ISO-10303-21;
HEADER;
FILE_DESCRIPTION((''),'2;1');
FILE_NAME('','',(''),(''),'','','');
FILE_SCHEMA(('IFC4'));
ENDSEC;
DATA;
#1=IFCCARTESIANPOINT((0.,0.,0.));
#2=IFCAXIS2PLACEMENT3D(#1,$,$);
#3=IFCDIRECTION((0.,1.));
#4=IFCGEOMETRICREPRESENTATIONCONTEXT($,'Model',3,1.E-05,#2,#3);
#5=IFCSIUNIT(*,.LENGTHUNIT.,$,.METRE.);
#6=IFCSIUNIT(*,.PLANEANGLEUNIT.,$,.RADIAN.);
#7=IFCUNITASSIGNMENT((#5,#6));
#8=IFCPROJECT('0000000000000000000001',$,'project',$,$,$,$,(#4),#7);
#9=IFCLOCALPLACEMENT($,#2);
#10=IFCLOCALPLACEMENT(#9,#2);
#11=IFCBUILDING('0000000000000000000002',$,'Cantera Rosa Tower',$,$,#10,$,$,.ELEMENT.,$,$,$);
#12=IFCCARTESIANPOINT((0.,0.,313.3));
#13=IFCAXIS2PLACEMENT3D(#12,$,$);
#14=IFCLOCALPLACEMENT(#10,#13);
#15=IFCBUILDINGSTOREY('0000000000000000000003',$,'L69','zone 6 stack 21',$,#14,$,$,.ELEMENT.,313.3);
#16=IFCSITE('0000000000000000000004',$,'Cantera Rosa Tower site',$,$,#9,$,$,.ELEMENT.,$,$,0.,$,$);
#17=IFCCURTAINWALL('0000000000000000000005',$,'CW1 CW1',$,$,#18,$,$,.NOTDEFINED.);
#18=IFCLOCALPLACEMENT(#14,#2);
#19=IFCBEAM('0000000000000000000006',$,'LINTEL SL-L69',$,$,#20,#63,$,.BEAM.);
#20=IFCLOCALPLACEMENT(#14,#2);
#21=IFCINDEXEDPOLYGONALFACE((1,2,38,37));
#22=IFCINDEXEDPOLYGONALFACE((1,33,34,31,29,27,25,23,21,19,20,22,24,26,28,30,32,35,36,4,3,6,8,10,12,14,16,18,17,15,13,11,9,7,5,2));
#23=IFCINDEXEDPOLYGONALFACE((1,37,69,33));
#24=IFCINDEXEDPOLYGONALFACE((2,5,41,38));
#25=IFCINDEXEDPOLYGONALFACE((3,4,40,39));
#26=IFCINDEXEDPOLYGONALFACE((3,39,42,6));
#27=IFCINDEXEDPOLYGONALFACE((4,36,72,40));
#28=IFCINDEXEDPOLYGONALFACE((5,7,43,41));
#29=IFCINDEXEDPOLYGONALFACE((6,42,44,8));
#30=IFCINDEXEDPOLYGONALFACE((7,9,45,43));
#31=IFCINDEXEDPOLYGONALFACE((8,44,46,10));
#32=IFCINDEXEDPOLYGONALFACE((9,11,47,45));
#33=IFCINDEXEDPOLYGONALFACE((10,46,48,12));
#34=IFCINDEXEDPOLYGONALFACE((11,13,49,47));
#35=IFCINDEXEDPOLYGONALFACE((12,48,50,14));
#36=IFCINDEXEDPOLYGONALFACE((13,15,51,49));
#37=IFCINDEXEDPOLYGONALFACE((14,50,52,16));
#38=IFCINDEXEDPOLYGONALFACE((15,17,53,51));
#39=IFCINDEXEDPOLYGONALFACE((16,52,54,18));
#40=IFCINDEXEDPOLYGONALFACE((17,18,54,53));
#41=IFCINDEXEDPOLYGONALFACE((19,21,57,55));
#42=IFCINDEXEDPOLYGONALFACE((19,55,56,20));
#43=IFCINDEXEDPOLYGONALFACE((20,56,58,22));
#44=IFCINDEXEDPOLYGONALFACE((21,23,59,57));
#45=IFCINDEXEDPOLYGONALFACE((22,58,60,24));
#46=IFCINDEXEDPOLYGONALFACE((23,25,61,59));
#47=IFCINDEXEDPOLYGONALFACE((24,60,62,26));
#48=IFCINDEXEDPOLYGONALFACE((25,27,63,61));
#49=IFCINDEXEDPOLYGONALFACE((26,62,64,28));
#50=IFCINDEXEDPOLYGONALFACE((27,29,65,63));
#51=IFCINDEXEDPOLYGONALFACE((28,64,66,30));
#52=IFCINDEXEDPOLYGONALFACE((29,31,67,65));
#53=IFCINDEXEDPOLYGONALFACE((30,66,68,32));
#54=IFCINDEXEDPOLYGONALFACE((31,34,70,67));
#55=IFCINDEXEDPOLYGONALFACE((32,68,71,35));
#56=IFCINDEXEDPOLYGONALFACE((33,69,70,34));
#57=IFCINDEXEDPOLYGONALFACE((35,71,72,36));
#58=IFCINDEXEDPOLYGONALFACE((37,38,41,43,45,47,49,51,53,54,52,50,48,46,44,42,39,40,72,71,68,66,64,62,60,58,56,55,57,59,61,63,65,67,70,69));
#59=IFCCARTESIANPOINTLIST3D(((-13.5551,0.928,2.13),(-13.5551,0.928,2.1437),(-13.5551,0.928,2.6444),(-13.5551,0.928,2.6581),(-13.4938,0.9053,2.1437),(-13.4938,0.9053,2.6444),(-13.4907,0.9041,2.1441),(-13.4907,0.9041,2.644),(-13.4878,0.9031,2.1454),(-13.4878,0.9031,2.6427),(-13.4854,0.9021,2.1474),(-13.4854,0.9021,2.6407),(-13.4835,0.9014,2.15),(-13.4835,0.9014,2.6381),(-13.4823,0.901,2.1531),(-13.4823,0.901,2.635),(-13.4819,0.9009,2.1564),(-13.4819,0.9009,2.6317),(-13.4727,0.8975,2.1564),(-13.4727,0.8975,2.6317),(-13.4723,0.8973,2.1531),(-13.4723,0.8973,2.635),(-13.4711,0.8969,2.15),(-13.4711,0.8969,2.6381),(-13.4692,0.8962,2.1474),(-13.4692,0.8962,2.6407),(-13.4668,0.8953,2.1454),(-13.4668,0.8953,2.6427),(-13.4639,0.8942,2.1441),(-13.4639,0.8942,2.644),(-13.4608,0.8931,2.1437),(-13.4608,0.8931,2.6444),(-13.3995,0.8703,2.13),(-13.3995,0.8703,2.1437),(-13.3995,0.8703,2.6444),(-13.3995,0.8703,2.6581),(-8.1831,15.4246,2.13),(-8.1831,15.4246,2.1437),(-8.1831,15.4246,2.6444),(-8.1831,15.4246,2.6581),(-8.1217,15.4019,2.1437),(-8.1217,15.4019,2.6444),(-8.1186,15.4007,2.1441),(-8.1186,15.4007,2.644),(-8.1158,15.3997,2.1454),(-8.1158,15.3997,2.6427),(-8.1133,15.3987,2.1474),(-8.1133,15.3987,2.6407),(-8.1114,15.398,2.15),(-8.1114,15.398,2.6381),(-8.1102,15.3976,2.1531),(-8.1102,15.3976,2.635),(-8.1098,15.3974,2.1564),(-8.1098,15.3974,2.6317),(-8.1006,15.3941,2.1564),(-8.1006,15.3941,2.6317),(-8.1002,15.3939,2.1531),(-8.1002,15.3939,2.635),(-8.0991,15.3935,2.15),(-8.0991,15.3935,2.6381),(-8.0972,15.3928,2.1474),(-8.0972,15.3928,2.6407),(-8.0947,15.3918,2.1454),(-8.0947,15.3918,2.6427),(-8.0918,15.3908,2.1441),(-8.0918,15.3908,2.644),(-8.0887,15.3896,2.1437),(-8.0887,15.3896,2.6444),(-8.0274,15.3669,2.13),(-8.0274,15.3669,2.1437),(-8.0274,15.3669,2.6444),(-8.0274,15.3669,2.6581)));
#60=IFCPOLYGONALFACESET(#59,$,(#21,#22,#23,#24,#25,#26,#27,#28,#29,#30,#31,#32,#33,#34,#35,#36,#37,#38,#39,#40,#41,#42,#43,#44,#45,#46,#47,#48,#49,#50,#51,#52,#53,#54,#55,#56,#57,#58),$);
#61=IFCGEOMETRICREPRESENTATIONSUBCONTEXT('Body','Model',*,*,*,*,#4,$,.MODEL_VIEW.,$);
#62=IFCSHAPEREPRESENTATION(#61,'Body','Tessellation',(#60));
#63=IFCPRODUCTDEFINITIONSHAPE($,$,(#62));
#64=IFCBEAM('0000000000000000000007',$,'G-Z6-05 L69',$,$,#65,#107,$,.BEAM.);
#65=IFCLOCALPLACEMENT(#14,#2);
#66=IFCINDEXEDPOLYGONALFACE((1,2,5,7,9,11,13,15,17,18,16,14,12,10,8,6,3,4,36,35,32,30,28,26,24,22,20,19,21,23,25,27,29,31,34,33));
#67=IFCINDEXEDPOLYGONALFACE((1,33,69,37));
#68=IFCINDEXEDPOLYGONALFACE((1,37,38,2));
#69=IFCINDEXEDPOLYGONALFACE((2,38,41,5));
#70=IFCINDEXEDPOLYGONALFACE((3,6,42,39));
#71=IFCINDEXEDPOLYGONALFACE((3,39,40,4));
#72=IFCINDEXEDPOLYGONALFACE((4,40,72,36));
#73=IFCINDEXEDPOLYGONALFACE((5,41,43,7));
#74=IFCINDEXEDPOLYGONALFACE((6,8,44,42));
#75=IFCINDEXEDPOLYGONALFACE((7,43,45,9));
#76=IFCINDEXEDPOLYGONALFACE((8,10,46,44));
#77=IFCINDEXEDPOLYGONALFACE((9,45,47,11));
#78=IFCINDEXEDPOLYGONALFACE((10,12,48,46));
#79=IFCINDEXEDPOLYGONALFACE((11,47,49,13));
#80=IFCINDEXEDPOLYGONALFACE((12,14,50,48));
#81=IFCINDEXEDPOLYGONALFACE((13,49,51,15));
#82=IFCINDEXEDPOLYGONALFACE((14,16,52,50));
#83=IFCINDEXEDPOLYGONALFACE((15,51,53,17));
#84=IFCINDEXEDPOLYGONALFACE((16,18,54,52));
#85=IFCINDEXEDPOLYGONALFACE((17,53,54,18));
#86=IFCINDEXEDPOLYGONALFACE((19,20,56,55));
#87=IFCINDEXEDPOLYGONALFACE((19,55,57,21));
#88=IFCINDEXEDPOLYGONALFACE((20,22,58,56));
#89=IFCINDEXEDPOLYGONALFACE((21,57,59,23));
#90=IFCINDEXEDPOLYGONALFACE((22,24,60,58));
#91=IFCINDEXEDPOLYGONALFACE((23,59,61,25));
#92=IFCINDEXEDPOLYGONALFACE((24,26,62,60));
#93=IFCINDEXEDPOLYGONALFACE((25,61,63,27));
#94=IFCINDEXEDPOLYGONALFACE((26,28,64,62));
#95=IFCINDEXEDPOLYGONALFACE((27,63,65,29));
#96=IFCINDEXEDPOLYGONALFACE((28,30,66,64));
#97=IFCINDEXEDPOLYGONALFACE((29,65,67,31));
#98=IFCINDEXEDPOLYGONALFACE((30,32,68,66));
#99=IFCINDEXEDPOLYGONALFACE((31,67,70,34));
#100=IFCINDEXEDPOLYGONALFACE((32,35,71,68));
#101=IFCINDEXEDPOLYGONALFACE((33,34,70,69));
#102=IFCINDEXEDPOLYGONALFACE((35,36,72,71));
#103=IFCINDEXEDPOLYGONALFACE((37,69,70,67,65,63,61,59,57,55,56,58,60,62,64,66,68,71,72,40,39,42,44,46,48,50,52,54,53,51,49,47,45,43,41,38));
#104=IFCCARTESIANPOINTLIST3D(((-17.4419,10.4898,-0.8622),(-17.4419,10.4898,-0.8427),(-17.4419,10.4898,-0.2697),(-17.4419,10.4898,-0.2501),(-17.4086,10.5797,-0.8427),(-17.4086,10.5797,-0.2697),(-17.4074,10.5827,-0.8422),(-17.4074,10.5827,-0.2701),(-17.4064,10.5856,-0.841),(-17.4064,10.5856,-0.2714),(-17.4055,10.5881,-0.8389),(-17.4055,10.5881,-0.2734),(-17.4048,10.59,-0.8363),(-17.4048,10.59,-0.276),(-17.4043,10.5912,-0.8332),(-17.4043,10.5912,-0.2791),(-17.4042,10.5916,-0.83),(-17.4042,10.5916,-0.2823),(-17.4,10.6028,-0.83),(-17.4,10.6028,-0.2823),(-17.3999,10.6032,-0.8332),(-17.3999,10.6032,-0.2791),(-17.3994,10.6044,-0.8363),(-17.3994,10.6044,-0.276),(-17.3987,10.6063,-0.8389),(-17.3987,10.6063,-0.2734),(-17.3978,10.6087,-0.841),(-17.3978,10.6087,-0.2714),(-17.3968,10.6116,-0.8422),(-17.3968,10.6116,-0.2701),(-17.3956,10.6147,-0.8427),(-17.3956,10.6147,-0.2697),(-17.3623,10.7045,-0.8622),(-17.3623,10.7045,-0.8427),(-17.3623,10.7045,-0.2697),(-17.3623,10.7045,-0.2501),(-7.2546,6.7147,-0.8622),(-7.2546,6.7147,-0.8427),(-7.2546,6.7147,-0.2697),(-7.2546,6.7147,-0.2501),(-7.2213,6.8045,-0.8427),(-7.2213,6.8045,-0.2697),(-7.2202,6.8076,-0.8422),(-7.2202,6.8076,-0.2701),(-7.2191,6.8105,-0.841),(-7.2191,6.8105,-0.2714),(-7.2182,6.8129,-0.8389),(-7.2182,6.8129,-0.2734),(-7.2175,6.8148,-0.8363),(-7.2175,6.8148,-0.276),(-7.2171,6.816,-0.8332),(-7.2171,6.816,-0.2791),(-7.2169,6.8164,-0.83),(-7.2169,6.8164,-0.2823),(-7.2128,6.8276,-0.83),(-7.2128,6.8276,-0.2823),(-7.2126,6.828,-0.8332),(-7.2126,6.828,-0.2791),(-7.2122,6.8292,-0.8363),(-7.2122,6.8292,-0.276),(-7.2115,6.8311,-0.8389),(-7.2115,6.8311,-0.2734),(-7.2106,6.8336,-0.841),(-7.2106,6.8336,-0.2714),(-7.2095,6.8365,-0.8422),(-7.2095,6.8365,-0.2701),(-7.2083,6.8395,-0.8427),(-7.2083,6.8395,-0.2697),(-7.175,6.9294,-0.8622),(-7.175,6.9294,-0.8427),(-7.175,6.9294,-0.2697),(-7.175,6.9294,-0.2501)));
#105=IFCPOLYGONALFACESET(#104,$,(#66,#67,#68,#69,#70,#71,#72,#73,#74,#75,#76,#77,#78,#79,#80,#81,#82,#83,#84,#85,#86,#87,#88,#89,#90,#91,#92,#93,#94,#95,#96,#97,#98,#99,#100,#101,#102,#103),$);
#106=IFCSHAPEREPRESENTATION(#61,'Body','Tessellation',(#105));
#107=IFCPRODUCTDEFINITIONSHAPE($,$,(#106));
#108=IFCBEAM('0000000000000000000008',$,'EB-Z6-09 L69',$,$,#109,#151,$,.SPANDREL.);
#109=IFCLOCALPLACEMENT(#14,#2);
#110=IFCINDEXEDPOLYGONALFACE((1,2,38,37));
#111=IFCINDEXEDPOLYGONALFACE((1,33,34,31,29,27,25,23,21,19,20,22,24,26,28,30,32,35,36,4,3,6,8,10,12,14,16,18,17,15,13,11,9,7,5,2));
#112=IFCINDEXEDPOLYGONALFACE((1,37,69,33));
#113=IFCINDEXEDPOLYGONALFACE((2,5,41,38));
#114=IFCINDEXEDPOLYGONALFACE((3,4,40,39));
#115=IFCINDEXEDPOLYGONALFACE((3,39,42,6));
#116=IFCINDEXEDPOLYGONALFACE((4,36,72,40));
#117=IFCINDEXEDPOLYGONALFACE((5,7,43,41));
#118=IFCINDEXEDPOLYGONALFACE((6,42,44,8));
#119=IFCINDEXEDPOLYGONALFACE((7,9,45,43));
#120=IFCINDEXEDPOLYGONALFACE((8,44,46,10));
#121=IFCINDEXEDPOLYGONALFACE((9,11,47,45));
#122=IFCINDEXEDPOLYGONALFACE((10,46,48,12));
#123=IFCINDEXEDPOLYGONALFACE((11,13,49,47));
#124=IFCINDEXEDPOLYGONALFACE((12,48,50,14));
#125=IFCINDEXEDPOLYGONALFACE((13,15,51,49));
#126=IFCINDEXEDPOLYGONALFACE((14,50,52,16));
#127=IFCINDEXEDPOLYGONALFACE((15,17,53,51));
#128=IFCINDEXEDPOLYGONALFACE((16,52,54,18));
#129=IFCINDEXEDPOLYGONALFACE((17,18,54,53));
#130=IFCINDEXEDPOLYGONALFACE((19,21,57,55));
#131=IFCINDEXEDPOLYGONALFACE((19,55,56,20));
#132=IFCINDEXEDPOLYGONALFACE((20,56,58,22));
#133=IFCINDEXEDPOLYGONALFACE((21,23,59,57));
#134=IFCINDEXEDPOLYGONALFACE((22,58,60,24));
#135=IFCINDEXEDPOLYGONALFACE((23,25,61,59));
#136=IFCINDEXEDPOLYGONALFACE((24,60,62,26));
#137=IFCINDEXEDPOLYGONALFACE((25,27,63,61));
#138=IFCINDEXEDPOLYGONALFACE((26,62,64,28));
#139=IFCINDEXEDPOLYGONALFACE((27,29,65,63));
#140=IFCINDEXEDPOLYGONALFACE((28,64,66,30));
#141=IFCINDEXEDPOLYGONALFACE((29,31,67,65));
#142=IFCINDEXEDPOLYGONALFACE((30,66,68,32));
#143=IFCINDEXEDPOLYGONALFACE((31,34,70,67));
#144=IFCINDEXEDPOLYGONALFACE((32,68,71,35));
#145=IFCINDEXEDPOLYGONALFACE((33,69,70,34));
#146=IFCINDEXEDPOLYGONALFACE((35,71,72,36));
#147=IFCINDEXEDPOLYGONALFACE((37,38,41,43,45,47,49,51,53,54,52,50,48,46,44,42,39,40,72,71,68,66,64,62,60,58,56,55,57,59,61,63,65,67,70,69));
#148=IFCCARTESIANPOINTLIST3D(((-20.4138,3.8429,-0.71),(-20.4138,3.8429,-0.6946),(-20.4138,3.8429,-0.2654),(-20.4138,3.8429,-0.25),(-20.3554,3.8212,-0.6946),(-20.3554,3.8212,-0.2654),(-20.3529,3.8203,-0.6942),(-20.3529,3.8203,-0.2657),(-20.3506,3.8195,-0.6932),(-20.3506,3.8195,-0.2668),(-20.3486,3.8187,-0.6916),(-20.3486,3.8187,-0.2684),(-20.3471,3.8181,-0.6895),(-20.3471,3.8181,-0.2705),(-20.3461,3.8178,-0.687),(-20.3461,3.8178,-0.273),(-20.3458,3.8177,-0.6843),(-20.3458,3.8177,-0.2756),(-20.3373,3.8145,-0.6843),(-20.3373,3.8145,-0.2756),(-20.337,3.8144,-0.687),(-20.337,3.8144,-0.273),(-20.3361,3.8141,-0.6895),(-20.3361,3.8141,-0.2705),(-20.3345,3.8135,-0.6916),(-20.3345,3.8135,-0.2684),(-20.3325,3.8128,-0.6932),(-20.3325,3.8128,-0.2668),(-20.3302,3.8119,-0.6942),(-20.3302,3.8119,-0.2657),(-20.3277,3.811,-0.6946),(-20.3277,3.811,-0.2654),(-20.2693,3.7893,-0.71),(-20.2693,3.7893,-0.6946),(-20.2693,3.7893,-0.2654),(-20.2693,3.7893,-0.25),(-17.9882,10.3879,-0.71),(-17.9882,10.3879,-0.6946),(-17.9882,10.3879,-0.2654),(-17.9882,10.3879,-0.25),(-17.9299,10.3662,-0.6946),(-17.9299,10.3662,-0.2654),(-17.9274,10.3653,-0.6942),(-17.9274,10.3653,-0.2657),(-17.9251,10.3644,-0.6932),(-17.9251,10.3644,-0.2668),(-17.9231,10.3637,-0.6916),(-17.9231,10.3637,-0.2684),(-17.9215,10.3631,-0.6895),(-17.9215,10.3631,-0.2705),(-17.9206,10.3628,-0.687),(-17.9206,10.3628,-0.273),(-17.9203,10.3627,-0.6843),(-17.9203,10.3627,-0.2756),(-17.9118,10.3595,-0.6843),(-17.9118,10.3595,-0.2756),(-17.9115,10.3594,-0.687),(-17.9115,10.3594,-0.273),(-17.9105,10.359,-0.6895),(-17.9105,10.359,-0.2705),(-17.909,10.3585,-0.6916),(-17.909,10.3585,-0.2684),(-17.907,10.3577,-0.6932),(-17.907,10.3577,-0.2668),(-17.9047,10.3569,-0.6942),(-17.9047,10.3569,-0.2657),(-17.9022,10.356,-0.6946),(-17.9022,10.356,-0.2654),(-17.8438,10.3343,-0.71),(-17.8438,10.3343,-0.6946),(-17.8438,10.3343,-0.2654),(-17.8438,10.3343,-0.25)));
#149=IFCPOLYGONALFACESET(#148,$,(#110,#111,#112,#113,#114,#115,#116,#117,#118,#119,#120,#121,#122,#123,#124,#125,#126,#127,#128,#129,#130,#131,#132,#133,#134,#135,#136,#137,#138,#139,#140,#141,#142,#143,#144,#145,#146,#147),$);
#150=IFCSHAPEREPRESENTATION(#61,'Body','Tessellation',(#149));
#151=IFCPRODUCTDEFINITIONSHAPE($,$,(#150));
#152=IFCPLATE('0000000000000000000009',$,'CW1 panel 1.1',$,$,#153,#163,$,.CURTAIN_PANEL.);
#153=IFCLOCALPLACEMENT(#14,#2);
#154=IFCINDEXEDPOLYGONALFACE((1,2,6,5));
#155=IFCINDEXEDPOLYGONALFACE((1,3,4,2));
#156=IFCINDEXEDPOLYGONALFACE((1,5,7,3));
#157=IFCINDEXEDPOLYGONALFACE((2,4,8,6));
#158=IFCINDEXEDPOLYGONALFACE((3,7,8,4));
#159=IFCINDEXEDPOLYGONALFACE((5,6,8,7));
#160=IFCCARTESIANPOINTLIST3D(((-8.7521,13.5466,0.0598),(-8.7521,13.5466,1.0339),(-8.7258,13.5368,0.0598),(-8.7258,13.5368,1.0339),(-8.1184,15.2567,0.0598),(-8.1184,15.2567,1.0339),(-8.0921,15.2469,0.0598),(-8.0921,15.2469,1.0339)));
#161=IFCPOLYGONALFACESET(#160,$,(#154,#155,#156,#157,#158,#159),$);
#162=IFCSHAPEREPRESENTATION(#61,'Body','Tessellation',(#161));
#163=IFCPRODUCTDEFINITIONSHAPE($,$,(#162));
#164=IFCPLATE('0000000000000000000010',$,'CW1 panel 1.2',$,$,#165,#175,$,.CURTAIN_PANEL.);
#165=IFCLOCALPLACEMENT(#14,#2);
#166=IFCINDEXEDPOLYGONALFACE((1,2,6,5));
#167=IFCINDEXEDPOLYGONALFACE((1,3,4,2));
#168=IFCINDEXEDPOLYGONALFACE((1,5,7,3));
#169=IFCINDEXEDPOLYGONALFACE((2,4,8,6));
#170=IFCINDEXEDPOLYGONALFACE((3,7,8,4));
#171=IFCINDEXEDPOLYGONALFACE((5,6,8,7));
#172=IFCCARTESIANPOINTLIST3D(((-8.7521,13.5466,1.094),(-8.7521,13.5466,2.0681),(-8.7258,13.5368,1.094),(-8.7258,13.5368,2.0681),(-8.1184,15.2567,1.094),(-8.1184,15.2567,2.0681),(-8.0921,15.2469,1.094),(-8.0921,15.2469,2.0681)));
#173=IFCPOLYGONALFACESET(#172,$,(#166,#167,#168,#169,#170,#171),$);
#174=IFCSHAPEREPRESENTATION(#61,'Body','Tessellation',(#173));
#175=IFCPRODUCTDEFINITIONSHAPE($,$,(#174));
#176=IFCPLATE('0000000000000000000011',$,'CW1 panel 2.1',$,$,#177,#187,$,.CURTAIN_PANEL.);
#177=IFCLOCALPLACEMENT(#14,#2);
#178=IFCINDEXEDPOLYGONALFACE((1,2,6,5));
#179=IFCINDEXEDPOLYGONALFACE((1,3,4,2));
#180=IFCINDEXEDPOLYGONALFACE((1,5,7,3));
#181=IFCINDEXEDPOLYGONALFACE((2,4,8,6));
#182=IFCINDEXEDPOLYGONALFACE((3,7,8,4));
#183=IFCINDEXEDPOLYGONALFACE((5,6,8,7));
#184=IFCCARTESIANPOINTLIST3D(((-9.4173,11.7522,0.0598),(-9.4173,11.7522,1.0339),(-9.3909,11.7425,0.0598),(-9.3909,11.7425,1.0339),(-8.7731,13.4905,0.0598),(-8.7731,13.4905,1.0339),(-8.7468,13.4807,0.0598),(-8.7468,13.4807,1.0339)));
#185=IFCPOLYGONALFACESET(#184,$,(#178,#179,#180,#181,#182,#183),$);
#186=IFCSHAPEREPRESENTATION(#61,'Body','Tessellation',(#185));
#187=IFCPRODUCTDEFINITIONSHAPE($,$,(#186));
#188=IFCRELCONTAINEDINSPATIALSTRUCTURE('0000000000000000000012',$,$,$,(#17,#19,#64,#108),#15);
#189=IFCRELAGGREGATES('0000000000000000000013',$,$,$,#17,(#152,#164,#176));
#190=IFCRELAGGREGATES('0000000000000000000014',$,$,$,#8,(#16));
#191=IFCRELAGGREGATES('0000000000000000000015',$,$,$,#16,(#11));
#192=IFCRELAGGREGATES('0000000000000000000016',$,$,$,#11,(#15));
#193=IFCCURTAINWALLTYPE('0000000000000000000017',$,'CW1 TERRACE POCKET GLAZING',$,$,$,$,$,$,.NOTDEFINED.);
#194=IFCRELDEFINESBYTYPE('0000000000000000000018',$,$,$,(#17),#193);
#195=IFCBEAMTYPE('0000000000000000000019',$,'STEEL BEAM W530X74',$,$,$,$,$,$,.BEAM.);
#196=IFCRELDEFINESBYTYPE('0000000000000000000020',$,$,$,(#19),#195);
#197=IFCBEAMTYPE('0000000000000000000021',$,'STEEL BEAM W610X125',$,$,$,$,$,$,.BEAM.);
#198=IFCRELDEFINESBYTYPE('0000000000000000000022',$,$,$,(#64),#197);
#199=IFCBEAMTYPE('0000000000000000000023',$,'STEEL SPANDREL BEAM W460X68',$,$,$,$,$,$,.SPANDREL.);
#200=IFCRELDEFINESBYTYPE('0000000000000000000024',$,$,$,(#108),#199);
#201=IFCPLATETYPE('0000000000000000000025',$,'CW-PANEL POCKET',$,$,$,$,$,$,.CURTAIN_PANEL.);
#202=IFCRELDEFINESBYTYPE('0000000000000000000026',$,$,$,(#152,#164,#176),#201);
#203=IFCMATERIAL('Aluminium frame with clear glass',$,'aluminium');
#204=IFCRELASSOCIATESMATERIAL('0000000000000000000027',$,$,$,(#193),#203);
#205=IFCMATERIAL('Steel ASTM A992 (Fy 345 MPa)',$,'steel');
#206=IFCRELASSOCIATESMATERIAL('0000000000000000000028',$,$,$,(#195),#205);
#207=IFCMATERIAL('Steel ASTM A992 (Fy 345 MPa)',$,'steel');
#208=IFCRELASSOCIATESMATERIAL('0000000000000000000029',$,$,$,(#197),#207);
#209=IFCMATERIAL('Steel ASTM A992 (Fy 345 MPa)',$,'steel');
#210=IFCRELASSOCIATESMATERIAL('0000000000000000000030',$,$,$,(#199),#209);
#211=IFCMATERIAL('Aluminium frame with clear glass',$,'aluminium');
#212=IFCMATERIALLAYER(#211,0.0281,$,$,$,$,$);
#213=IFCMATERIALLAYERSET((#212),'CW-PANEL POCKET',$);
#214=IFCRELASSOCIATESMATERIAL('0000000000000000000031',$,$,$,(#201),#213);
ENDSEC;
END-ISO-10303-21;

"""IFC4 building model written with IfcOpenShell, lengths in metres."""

from ifc_helpers import new_model, si_unit, direction, frame, origin, origin_2d, place, context, subcontext, project, spatial, rectangle, i_section, extrude, material, layer, layer_set, material_profile, profile_set, type_object, element, aggregate, save


model = new_model("IFC4")

# Units and contexts
model_context = context("Model", 3, precision=1e-05, world=origin(), true_north=direction((0.0, 1.0)))
body_context = subcontext(model_context, "Body", "Model", "MODEL_VIEW")
ifc_project = project(units=[si_unit("LENGTHUNIT", "METRE"), si_unit("PLANEANGLEUNIT", "RADIAN")], contexts=[model_context])

# Site, building, storey
site_placement = place(None, origin())
site = spatial("IfcSite", under=ifc_project, at=site_placement, Name="Cantera Rosa Tower site", CompositionType="ELEMENT", RefElevation=0.0)
building_placement = place(site_placement, origin())
building = spatial("IfcBuilding", under=site, at=building_placement, Name="Cantera Rosa Tower", CompositionType="ELEMENT")
storey_placement = place(building_placement, frame((0.0, 0.0, 313.3)))
storey = spatial("IfcBuildingStorey", under=building, at=storey_placement, Name="L69", Description="zone 6 stack 21", CompositionType="ELEMENT", Elevation=313.3)

# Curtain wall
ifc_material_1 = material(Name="Aluminium frame with clear glass", Category="aluminium")
curtain_wall_type = type_object("IfcCurtainWallType", Name="CW1 TERRACE POCKET GLAZING", PredefinedType="NOTDEFINED", material=ifc_material_1)
curtain_wall_placement = place(storey_placement, origin())
curtain_wall = element("IfcCurtainWall", 1, at=curtain_wall_placement, inside=storey, type_object=curtain_wall_type, Name="CW1 CW1", PredefinedType="NOTDEFINED")

# Beams
ifc_material_2 = material(Name="Steel ASTM A992 (Fy 345 MPa)", Category="steel")
ifc_material_profile_1 = material_profile(ifc_material_2, i_section(OverallWidth=0.166, OverallDepth=0.5281, WebThickness=0.0098, FlangeThickness=0.0137, FilletRadius=0.0127, at=origin_2d()), Name="W530X74")
ifc_profile_set_1 = profile_set([ifc_material_profile_1], Name="Steel ASTM A992 (Fy 345 MPa)")
beam_type_1 = type_object("IfcBeamType", Name="STEEL BEAM W530X74", PredefinedType="BEAM", material=ifc_profile_set_1)
beam_1_placement = place(storey_placement, frame((-8.1052, 15.3958, 2.394), z_axis=(-0.347483, -0.937686, 0.0), x_axis=(0.937686, -0.347483, 0.0)))
element("IfcBeam", 2, at=beam_1_placement, inside=storey, type_object=beam_type_1, Name="LINTEL SL-L69", PredefinedType="BEAM", context=body_context, shape_type="SweptSolid", body=[
    extrude(i_section(OverallWidth=0.166, OverallDepth=0.5281, WebThickness=0.0098, FlangeThickness=0.0137, FilletRadius=0.0127, at=origin_2d()), origin(), (0.0, 0.0, 1.0), 15.46),
])
ifc_material_3 = material(Name="Steel ASTM A992 (Fy 345 MPa)", Category="steel")
ifc_material_profile_2 = material_profile(ifc_material_3, i_section(OverallWidth=0.229, OverallDepth=0.6121, WebThickness=0.012, FlangeThickness=0.0195, FilletRadius=0.0127, at=origin_2d()), Name="W610X125")
ifc_profile_set_2 = profile_set([ifc_material_profile_2], Name="Steel ASTM A992 (Fy 345 MPa)")
beam_type_2 = type_object("IfcBeamType", Name="STEEL BEAM W610X125", PredefinedType="BEAM", material=ifc_profile_set_2)
beam_2_placement = place(storey_placement, frame((-17.4021, 10.5972, -0.5562), z_axis=(0.937686, -0.347483, 0.0), x_axis=(0.347483, 0.937686, 0.0)))
element("IfcBeam", 3, at=beam_2_placement, inside=storey, type_object=beam_type_2, Name="G-Z6-05 L69", PredefinedType="BEAM", context=body_context, shape_type="SweptSolid", body=[
    extrude(i_section(OverallWidth=0.229, OverallDepth=0.6121, WebThickness=0.012, FlangeThickness=0.0195, FilletRadius=0.0127, at=origin_2d()), origin(), (0.0, 0.0, 1.0), 10.8643),
])
ifc_material_4 = material(Name="Steel ASTM A992 (Fy 345 MPa)", Category="steel")
ifc_material_profile_3 = material_profile(ifc_material_4, i_section(OverallWidth=0.1541, OverallDepth=0.46, WebThickness=0.009, FlangeThickness=0.0154, FilletRadius=0.0103, at=origin_2d()), Name="W460X68")
ifc_profile_set_3 = profile_set([ifc_material_profile_3], Name="Steel ASTM A992 (Fy 345 MPa)")
beam_type_3 = type_object("IfcBeamType", Name="STEEL SPANDREL BEAM W460X68", PredefinedType="SPANDREL", material=ifc_profile_set_3)
beam_3_placement = place(storey_placement, frame((-17.916, 10.3611, -0.48), z_axis=(-0.347502, -0.937679, 0.0), x_axis=(0.937679, -0.347502, 0.0)))
element("IfcBeam", 4, at=beam_3_placement, inside=storey, type_object=beam_type_3, Name="EB-Z6-09 L69", PredefinedType="SPANDREL", context=body_context, shape_type="SweptSolid", body=[
    extrude(i_section(OverallWidth=0.1541, OverallDepth=0.46, WebThickness=0.009, FlangeThickness=0.0154, FilletRadius=0.0103, at=origin_2d()), origin(), (0.0, 0.0, 1.0), 6.98),
])

# Plates
ifc_material_5 = material(Name="Aluminium frame with clear glass", Category="aluminium")
ifc_layer_1 = layer(ifc_material_5, 0.0281)
ifc_layer_set_1 = layer_set([ifc_layer_1], Name="CW-PANEL POCKET")
plate_type = type_object("IfcPlateType", Name="CW-PANEL POCKET", PredefinedType="CURTAIN_PANEL", material=ifc_layer_set_1)
plate_1_placement = place(storey_placement, frame((-8.4221, 14.3967, 0.0598), z_axis=(0.0, 0.0, 1.0), x_axis=(-0.347481, -0.937687, 0.0)))
plate_1 = element("IfcPlate", 5, at=plate_1_placement, type_object=plate_type, Name="CW1 panel 1.1", PredefinedType="CURTAIN_PANEL", context=body_context, shape_type="SweptSolid", body=[
    extrude(rectangle(XDim=1.8237, YDim=0.0281, at=origin_2d()), origin(), (0.0, 0.0, 1.0), 0.9741),
])
plate_2_placement = place(storey_placement, frame((-8.4221, 14.3967, 1.094), z_axis=(0.0, 0.0, 1.0), x_axis=(-0.347481, -0.937687, 0.0)))
plate_2 = element("IfcPlate", 6, at=plate_2_placement, type_object=plate_type, Name="CW1 panel 1.2", PredefinedType="CURTAIN_PANEL", context=body_context, shape_type="SweptSolid", body=[
    extrude(rectangle(XDim=1.8237, YDim=0.0281, at=origin_2d()), origin(), (0.0, 0.0, 1.0), 0.9741),
])
plate_3_placement = place(storey_placement, frame((-9.082, 12.6165, 0.0598), z_axis=(0.0, 0.0, 1.0), x_axis=(-0.347481, -0.937687, 0.0)))
plate_3 = element("IfcPlate", 7, at=plate_3_placement, type_object=plate_type, Name="CW1 panel 2.1", PredefinedType="CURTAIN_PANEL", context=body_context, shape_type="SweptSolid", body=[
    extrude(rectangle(XDim=1.8538, YDim=0.0281, at=origin_2d()), origin(), (0.0, 0.0, 1.0), 0.9741),
])
aggregate(curtain_wall, [plate_1, plate_2, plate_3])

save(model, "model.ifc")
